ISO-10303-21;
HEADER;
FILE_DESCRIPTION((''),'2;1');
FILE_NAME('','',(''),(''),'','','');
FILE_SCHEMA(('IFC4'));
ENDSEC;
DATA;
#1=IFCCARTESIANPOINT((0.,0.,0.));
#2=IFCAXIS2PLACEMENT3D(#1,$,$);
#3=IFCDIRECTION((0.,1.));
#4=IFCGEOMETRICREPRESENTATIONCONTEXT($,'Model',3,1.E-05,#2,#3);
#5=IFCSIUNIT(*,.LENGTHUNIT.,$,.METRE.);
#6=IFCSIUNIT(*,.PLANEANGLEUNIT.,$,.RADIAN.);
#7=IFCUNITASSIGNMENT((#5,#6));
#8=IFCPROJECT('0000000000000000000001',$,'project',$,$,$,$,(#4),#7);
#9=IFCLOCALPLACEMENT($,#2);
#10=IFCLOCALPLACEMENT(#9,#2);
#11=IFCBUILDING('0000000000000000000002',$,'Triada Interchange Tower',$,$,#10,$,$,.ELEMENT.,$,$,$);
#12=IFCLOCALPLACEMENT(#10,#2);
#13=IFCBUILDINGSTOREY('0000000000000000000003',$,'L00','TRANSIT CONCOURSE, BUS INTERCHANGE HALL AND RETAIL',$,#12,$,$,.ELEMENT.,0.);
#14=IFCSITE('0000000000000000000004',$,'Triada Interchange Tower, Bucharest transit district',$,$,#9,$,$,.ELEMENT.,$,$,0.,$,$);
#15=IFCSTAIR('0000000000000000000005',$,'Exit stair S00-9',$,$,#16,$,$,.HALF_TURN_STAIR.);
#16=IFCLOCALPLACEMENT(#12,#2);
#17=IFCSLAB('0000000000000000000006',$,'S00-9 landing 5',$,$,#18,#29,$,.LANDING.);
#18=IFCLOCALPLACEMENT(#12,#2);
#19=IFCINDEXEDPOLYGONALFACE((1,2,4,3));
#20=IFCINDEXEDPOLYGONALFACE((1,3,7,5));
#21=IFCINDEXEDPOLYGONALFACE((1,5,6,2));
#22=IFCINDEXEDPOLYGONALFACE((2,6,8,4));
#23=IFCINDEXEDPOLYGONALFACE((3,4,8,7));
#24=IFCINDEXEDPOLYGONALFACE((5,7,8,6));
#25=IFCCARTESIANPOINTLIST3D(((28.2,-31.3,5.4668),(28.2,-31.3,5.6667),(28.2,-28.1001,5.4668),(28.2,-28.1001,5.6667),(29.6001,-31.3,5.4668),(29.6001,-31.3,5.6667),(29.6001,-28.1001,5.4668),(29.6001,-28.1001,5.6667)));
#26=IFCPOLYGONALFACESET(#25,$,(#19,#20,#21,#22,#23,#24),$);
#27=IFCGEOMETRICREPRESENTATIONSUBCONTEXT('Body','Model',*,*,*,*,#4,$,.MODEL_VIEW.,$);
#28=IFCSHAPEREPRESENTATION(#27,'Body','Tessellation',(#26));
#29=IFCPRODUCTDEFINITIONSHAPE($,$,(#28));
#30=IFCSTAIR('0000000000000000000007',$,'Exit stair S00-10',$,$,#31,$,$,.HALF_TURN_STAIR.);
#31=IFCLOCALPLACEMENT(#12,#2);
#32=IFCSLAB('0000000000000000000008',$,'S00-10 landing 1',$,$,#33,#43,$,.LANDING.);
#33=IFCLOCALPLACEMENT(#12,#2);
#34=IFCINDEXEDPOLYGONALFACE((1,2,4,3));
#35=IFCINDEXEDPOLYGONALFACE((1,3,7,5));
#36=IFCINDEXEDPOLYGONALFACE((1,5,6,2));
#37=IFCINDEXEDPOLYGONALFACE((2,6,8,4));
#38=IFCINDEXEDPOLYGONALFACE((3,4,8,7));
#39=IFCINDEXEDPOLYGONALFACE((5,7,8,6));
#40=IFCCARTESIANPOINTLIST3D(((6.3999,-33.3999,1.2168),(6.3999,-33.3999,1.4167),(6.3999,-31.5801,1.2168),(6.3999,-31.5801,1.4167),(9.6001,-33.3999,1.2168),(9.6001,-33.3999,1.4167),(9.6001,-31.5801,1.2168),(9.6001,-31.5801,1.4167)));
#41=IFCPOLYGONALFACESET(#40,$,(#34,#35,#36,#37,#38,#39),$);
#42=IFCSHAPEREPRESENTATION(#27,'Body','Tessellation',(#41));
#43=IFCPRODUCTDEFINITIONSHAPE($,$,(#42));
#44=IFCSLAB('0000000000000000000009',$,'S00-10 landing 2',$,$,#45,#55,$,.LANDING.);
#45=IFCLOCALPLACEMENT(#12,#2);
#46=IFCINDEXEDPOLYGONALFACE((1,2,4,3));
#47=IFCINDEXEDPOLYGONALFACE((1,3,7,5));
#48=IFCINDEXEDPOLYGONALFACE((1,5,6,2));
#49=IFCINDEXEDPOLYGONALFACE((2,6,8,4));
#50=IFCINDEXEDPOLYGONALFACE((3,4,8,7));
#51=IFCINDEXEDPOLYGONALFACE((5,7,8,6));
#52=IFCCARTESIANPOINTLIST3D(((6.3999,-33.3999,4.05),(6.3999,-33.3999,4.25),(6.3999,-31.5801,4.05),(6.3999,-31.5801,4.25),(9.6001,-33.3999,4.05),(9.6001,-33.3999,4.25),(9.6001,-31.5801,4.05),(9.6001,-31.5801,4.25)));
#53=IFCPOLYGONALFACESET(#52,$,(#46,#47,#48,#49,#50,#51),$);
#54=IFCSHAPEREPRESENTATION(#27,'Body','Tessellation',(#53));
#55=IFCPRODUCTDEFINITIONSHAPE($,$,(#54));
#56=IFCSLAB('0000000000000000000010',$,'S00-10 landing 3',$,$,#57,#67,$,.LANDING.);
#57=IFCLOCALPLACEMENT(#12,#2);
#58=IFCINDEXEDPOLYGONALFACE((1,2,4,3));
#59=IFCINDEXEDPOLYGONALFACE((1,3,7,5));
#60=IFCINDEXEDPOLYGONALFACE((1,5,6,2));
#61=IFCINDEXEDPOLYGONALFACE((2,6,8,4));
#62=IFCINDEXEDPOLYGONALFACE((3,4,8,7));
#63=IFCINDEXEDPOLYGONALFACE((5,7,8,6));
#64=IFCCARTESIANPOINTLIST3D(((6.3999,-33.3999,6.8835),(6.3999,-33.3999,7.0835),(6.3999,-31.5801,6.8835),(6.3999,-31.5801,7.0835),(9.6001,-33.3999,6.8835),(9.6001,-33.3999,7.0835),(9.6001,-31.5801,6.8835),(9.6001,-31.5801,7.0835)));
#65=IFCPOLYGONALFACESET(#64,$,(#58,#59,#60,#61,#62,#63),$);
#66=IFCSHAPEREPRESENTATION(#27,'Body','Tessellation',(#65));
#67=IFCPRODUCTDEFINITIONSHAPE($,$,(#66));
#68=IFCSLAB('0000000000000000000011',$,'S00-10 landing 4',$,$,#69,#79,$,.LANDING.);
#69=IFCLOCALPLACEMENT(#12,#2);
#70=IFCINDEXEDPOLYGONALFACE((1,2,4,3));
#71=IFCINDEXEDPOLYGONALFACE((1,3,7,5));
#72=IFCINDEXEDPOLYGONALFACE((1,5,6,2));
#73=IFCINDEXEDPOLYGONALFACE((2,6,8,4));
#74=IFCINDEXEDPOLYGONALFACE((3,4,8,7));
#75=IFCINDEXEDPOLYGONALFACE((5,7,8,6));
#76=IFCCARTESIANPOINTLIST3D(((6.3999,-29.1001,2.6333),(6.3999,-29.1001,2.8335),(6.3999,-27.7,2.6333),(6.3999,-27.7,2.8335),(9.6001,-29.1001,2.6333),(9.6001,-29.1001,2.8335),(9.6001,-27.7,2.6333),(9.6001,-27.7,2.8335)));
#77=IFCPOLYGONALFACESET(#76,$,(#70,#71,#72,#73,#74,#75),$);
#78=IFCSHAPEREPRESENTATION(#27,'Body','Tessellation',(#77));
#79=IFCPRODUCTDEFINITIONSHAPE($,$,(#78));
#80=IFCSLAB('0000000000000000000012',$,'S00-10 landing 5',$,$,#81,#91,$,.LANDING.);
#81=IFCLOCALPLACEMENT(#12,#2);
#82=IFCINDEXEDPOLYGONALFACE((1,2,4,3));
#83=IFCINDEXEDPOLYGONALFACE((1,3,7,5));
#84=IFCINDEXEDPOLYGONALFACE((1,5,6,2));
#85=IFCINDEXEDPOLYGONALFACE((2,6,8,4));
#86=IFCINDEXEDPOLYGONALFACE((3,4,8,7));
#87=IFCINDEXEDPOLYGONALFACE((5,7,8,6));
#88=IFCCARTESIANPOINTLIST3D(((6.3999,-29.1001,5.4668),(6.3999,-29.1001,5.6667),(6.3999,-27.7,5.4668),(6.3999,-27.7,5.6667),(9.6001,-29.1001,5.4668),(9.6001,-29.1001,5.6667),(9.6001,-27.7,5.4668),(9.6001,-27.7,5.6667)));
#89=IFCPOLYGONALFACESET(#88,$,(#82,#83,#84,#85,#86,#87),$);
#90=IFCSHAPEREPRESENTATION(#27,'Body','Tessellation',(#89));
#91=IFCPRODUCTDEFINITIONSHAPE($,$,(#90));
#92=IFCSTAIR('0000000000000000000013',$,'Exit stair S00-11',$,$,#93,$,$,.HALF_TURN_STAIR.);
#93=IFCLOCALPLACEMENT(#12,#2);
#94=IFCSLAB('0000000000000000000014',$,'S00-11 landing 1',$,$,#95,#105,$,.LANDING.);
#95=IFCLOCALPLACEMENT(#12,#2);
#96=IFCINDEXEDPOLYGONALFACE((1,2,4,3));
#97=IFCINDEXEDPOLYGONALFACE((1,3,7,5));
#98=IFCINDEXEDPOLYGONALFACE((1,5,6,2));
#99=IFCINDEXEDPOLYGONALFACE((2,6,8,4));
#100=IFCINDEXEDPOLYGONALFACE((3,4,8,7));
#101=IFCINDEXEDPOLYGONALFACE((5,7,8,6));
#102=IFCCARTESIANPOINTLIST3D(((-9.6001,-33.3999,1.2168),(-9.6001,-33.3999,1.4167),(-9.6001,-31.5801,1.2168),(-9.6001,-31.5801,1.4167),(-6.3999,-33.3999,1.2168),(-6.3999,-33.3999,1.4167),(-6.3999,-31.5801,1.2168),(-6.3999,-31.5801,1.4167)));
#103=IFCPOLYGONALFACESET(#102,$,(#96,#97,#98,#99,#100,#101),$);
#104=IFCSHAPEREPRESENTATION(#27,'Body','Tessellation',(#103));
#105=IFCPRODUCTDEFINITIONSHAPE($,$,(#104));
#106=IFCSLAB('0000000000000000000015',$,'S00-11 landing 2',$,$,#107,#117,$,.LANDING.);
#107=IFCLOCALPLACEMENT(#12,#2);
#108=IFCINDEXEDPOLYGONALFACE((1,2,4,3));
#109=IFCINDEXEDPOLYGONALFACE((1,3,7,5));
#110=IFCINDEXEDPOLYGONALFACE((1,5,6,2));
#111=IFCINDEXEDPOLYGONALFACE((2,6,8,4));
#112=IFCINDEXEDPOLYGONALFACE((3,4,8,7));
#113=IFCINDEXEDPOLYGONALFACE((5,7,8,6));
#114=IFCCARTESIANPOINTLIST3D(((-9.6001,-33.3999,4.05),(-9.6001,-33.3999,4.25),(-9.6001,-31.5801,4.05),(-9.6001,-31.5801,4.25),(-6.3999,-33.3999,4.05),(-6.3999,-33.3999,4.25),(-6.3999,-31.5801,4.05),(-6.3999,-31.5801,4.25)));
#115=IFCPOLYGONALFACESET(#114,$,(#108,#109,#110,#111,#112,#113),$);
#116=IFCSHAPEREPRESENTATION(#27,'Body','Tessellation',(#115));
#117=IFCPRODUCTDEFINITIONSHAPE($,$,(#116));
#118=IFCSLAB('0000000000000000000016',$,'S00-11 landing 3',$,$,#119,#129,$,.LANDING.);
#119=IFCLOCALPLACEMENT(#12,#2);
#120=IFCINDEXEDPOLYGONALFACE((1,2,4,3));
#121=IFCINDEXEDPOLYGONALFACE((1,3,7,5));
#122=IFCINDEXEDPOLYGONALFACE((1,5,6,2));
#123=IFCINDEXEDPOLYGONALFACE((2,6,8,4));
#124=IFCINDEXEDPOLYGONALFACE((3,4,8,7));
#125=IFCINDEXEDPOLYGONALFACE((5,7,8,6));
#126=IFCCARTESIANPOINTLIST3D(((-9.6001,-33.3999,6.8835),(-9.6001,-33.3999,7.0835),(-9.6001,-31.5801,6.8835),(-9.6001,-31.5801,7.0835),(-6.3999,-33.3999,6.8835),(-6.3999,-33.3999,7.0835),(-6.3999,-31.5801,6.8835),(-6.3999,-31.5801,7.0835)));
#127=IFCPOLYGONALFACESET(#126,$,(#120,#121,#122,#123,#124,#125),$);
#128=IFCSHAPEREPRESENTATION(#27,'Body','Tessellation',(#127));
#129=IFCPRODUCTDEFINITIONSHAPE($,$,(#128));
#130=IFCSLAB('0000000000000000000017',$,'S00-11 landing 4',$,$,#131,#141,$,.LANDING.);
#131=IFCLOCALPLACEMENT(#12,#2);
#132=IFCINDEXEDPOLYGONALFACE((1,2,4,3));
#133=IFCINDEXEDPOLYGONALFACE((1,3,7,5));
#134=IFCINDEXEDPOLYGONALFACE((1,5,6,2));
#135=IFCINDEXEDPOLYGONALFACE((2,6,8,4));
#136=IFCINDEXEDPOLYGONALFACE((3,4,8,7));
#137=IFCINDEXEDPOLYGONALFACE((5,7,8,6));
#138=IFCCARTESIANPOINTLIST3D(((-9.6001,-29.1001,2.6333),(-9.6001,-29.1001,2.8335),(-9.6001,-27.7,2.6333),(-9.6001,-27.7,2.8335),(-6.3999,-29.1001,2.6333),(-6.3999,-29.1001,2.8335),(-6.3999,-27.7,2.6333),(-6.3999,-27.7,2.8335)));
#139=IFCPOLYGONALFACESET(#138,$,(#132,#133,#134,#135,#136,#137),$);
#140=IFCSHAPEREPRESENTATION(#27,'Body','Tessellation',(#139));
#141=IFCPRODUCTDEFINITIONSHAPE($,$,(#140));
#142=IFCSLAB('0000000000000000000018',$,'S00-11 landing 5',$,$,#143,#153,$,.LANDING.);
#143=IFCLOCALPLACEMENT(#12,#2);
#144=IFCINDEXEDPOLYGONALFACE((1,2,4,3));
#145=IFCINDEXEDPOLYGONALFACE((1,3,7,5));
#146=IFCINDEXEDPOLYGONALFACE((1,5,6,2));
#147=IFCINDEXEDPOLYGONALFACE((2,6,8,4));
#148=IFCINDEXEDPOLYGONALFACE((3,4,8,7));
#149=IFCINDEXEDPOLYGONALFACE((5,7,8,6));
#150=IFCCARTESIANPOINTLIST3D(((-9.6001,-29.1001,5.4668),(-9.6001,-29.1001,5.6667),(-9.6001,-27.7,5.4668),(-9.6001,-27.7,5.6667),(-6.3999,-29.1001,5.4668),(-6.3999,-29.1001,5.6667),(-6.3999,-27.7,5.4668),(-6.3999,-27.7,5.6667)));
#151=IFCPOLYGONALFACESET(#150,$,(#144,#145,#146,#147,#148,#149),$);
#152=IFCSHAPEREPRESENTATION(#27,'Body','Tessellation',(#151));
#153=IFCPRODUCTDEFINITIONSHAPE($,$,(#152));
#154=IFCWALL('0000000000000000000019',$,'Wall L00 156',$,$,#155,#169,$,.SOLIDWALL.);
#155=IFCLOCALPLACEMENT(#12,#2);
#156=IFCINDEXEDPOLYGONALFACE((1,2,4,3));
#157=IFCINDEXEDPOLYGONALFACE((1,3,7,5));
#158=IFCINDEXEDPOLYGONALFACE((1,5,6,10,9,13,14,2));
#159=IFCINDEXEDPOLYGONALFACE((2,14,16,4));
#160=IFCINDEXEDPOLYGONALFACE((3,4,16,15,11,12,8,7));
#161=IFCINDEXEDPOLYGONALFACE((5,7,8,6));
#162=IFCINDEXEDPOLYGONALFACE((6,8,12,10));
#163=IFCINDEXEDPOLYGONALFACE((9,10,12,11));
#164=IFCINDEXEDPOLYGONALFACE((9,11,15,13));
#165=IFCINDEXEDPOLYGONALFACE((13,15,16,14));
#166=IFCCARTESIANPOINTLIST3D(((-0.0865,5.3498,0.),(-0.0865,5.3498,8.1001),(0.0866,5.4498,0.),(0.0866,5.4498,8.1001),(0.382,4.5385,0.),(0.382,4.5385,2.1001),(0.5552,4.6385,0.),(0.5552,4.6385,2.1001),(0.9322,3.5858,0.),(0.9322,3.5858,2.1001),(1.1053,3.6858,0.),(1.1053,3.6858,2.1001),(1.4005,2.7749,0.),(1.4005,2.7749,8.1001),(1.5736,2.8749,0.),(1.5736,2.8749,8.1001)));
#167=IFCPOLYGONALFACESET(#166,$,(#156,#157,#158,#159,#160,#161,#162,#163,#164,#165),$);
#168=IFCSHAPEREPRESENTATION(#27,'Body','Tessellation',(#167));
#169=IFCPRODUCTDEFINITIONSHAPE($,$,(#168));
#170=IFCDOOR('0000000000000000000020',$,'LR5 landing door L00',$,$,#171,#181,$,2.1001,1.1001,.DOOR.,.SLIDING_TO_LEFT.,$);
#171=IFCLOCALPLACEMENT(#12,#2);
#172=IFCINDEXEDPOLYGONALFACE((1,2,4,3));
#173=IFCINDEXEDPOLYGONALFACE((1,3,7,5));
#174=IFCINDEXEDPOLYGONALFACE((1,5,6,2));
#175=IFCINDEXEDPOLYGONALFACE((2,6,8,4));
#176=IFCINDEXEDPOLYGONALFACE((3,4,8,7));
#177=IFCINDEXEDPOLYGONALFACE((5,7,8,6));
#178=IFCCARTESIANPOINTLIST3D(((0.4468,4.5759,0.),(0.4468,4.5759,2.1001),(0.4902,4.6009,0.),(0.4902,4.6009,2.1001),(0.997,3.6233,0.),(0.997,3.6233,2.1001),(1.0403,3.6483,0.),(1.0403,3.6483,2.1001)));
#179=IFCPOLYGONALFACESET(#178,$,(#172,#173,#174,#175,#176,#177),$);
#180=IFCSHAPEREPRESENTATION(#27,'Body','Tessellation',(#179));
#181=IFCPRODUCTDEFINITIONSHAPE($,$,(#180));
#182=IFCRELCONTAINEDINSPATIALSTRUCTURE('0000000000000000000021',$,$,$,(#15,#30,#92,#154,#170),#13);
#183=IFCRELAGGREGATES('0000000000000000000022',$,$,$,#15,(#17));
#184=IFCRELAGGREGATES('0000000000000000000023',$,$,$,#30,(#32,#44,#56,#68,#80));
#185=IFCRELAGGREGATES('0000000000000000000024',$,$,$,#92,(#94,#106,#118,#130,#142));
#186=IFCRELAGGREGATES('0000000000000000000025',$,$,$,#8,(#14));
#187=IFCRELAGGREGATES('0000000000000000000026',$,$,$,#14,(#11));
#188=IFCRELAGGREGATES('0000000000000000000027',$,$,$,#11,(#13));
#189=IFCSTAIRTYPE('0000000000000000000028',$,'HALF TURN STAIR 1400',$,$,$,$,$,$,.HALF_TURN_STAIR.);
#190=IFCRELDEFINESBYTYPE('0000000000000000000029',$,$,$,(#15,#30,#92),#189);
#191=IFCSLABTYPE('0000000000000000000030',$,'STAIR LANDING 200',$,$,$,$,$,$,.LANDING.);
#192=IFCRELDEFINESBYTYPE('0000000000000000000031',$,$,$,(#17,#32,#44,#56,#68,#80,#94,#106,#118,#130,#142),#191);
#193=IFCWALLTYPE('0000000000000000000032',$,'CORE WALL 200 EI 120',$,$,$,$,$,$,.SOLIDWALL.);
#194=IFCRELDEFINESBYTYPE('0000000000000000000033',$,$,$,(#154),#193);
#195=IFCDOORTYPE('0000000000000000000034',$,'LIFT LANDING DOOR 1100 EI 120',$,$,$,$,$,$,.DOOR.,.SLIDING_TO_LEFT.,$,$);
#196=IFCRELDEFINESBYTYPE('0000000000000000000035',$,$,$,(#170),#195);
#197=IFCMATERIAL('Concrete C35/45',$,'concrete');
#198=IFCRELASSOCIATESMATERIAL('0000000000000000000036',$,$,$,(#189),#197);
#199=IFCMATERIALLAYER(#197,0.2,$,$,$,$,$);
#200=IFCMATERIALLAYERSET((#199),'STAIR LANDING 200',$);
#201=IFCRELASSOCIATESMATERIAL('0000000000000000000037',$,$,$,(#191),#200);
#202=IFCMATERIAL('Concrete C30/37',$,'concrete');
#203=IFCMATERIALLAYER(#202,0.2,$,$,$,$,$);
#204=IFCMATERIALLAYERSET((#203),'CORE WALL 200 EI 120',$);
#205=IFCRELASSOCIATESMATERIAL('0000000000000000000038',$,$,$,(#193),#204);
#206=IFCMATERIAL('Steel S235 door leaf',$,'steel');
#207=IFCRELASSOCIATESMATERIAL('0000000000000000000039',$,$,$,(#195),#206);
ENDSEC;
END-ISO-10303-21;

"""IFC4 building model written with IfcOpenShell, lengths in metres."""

from ifc_helpers import new_model, si_unit, direction, frame, frame_2d, origin, place, context, subcontext, project, spatial, polyline, rectangle, outline, extrude, material, layer, layer_set, type_object, element, fill, aggregate, save


model = new_model("IFC4")

# Units and contexts
model_context = context("Model", 3, precision=1e-05, world=origin(), true_north=direction((0.0, 1.0)))
body_context = subcontext(model_context, "Body", "Model", "MODEL_VIEW")
ifc_project = project(units=[si_unit("LENGTHUNIT", "METRE"), si_unit("PLANEANGLEUNIT", "RADIAN")], contexts=[model_context])

# Site, building, storey
site_placement = place(None, origin())
site = spatial("IfcSite", under=ifc_project, at=site_placement, Name="Triada Interchange Tower, Bucharest transit district", CompositionType="ELEMENT", RefElevation=0.0)
building_placement = place(site_placement, origin())
building = spatial("IfcBuilding", under=site, at=building_placement, Name="Triada Interchange Tower", CompositionType="ELEMENT")
storey_placement = place(building_placement, origin())
storey = spatial("IfcBuildingStorey", under=building, at=storey_placement, Name="L00", Description="TRANSIT CONCOURSE, BUS INTERCHANGE HALL AND RETAIL", CompositionType="ELEMENT", Elevation=0.0)

# Shared definitions
ifc_material_1 = material(Name="Concrete C35/45", Category="concrete")
stair_type = type_object("IfcStairType", Name="HALF TURN STAIR 1400", PredefinedType="HALF_TURN_STAIR", material=ifc_material_1)
ifc_layer_1 = layer(ifc_material_1, 0.2)
ifc_layer_set_1 = layer_set([ifc_layer_1], Name="STAIR LANDING 200")
slab_type = type_object("IfcSlabType", Name="STAIR LANDING 200", PredefinedType="LANDING", material=ifc_layer_set_1)

# Stairs, slabs
stair_1_placement = place(storey_placement, origin())
stair_1 = element("IfcStair", 1, at=stair_1_placement, inside=storey, type_object=stair_type, Name="Exit stair S00-9", PredefinedType="HALF_TURN_STAIR")
slab_1_placement = place(storey_placement, frame((0.0, 0.0, 5.4668)))
slab_1 = element("IfcSlab", 2, at=slab_1_placement, type_object=slab_type, Name="S00-9 landing 5", PredefinedType="LANDING", context=body_context, shape_type="SweptSolid", body=[
    extrude(outline(polyline([(29.6001, -28.1001), (28.2, -28.1001), (28.2, -31.3), (29.6001, -31.3), (29.6001, -28.1001)])), origin(), (0.0, 0.0, 1.0), 0.2),
])
aggregate(stair_1, [slab_1])
stair_2_placement = place(storey_placement, origin())
stair_2 = element("IfcStair", 3, at=stair_2_placement, inside=storey, type_object=stair_type, Name="Exit stair S00-10", PredefinedType="HALF_TURN_STAIR")
slab_2_placement = place(storey_placement, frame((0.0, 0.0, 1.2168)))
slab_2 = element("IfcSlab", 4, at=slab_2_placement, type_object=slab_type, Name="S00-10 landing 1", PredefinedType="LANDING", context=body_context, shape_type="SweptSolid", body=[
    extrude(outline(polyline([(9.6001, -33.3999), (9.6001, -31.5801), (6.3999, -31.5801), (6.3999, -33.3999), (9.6001, -33.3999)])), origin(), (0.0, 0.0, 1.0), 0.2),
])
slab_3_placement = place(storey_placement, frame((0.0, 0.0, 4.05)))
slab_3 = element("IfcSlab", 5, at=slab_3_placement, type_object=slab_type, Name="S00-10 landing 2", PredefinedType="LANDING", context=body_context, shape_type="SweptSolid", body=[
    extrude(outline(polyline([(9.6001, -33.3999), (9.6001, -31.5801), (6.3999, -31.5801), (6.3999, -33.3999), (9.6001, -33.3999)])), origin(), (0.0, 0.0, 1.0), 0.2),
])
slab_4_placement = place(storey_placement, frame((0.0, 0.0, 6.8835)))
slab_4 = element("IfcSlab", 6, at=slab_4_placement, type_object=slab_type, Name="S00-10 landing 3", PredefinedType="LANDING", context=body_context, shape_type="SweptSolid", body=[
    extrude(outline(polyline([(9.6001, -33.3999), (9.6001, -31.5801), (6.3999, -31.5801), (6.3999, -33.3999), (9.6001, -33.3999)])), origin(), (0.0, 0.0, 1.0), 0.2),
])
slab_5_placement = place(storey_placement, frame((0.0, 0.0, 2.6333)))
slab_5 = element("IfcSlab", 7, at=slab_5_placement, type_object=slab_type, Name="S00-10 landing 4", PredefinedType="LANDING", context=body_context, shape_type="SweptSolid", body=[
    extrude(outline(polyline([(9.6001, -29.1001), (9.6001, -27.7), (6.3999, -27.7), (6.3999, -29.1001), (9.6001, -29.1001)])), origin(), (0.0, 0.0, 1.0), 0.2002),
])
slab_6_placement = place(storey_placement, frame((0.0, 0.0, 5.4668)))
slab_6 = element("IfcSlab", 8, at=slab_6_placement, type_object=slab_type, Name="S00-10 landing 5", PredefinedType="LANDING", context=body_context, shape_type="SweptSolid", body=[
    extrude(outline(polyline([(9.6001, -29.1001), (9.6001, -27.7), (6.3999, -27.7), (6.3999, -29.1001), (9.6001, -29.1001)])), origin(), (0.0, 0.0, 1.0), 0.2),
])
aggregate(stair_2, [slab_2, slab_3, slab_4, slab_5, slab_6])
stair_3_placement = place(storey_placement, origin())
stair_3 = element("IfcStair", 9, at=stair_3_placement, inside=storey, type_object=stair_type, Name="Exit stair S00-11", PredefinedType="HALF_TURN_STAIR")
slab_7_placement = place(storey_placement, frame((0.0, 0.0, 1.2168)))
slab_7 = element("IfcSlab", 10, at=slab_7_placement, type_object=slab_type, Name="S00-11 landing 1", PredefinedType="LANDING", context=body_context, shape_type="SweptSolid", body=[
    extrude(outline(polyline([(-6.3999, -33.3999), (-6.3999, -31.5801), (-9.6001, -31.5801), (-9.6001, -33.3999), (-6.3999, -33.3999)])), origin(), (0.0, 0.0, 1.0), 0.2),
])
slab_8_placement = place(storey_placement, frame((0.0, 0.0, 4.05)))
slab_8 = element("IfcSlab", 11, at=slab_8_placement, type_object=slab_type, Name="S00-11 landing 2", PredefinedType="LANDING", context=body_context, shape_type="SweptSolid", body=[
    extrude(outline(polyline([(-6.3999, -33.3999), (-6.3999, -31.5801), (-9.6001, -31.5801), (-9.6001, -33.3999), (-6.3999, -33.3999)])), origin(), (0.0, 0.0, 1.0), 0.2),
])
slab_9_placement = place(storey_placement, frame((0.0, 0.0, 6.8835)))
slab_9 = element("IfcSlab", 12, at=slab_9_placement, type_object=slab_type, Name="S00-11 landing 3", PredefinedType="LANDING", context=body_context, shape_type="SweptSolid", body=[
    extrude(outline(polyline([(-6.3999, -33.3999), (-6.3999, -31.5801), (-9.6001, -31.5801), (-9.6001, -33.3999), (-6.3999, -33.3999)])), origin(), (0.0, 0.0, 1.0), 0.2),
])
slab_10_placement = place(storey_placement, frame((0.0, 0.0, 2.6333)))
slab_10 = element("IfcSlab", 13, at=slab_10_placement, type_object=slab_type, Name="S00-11 landing 4", PredefinedType="LANDING", context=body_context, shape_type="SweptSolid", body=[
    extrude(outline(polyline([(-6.3999, -29.1001), (-6.3999, -27.7), (-9.6001, -27.7), (-9.6001, -29.1001), (-6.3999, -29.1001)])), origin(), (0.0, 0.0, 1.0), 0.2002),
])
slab_11_placement = place(storey_placement, frame((0.0, 0.0, 5.4668)))
slab_11 = element("IfcSlab", 14, at=slab_11_placement, type_object=slab_type, Name="S00-11 landing 5", PredefinedType="LANDING", context=body_context, shape_type="SweptSolid", body=[
    extrude(outline(polyline([(-6.3999, -29.1001), (-6.3999, -27.7), (-9.6001, -27.7), (-9.6001, -29.1001), (-6.3999, -29.1001)])), origin(), (0.0, 0.0, 1.0), 0.2),
])
aggregate(stair_3, [slab_7, slab_8, slab_9, slab_10, slab_11])

# Wall, opening, door
ifc_material_2 = material(Name="Concrete C30/37", Category="concrete")
ifc_layer_2 = layer(ifc_material_2, 0.2)
ifc_layer_set_2 = layer_set([ifc_layer_2], Name="CORE WALL 200 EI 120")
wall_type = type_object("IfcWallType", Name="CORE WALL 200 EI 120", PredefinedType="SOLIDWALL", material=ifc_layer_set_2)
wall_placement = place(storey_placement, frame((0.0, 5.3999, 0.0), z_axis=(0.0, 0.0, 1.0), x_axis=(0.500104, -0.865965, 0.0)))
wall = element("IfcWall", 15, at=wall_placement, inside=storey, type_object=wall_type, Name="Wall L00 156", PredefinedType="SOLIDWALL", context=body_context, shape_type="SweptSolid", body=[
    extrude(rectangle(XDim=2.9734, YDim=0.2, at=frame_2d((1.4868, 0.0))), origin(), (0.0, 0.0, 1.0), 8.1001),
])
opening_placement = place(wall_placement, frame((0.937, 0.0, 0.0)))
opening = element("IfcOpeningElement", 16, at=opening_placement, cuts=wall, PredefinedType="OPENING", context=body_context, shape_type="SweptSolid", body=[
    extrude(rectangle(XDim=1.1001, YDim=2.1001, at=frame_2d((0.55, 1.05))), frame((0.0, 0.1099, 0.0), z_axis=(0.0, -1.0, 0.0), x_axis=(1.0, 0.0, 0.0)), (0.0, 0.0, 1.0), 0.22),
])
ifc_material_3 = material(Name="Steel S235 door leaf", Category="steel")
door_type = type_object("IfcDoorType", Name="LIFT LANDING DOOR 1100 EI 120", OperationType="SLIDING_TO_LEFT", PredefinedType="DOOR", material=ifc_material_3)
door_placement = place(opening_placement, origin())
door = element("IfcDoor", 17, at=door_placement, inside=storey, type_object=door_type, Name="LR5 landing door L00", OperationType="SLIDING_TO_LEFT", OverallHeight=2.1001, OverallWidth=1.1001, PredefinedType="DOOR", context=body_context, shape_type="SweptSolid", body=[
    extrude(rectangle(XDim=1.1001, YDim=2.1001, at=frame_2d((0.55, 1.05))), frame((0.0, 0.0249, 0.0), z_axis=(0.0, -1.0, 0.0), x_axis=(1.0, 0.0, 0.0)), (0.0, 0.0, 1.0), 0.05),
])
fill(opening, door)

save(model, "model.ifc")
